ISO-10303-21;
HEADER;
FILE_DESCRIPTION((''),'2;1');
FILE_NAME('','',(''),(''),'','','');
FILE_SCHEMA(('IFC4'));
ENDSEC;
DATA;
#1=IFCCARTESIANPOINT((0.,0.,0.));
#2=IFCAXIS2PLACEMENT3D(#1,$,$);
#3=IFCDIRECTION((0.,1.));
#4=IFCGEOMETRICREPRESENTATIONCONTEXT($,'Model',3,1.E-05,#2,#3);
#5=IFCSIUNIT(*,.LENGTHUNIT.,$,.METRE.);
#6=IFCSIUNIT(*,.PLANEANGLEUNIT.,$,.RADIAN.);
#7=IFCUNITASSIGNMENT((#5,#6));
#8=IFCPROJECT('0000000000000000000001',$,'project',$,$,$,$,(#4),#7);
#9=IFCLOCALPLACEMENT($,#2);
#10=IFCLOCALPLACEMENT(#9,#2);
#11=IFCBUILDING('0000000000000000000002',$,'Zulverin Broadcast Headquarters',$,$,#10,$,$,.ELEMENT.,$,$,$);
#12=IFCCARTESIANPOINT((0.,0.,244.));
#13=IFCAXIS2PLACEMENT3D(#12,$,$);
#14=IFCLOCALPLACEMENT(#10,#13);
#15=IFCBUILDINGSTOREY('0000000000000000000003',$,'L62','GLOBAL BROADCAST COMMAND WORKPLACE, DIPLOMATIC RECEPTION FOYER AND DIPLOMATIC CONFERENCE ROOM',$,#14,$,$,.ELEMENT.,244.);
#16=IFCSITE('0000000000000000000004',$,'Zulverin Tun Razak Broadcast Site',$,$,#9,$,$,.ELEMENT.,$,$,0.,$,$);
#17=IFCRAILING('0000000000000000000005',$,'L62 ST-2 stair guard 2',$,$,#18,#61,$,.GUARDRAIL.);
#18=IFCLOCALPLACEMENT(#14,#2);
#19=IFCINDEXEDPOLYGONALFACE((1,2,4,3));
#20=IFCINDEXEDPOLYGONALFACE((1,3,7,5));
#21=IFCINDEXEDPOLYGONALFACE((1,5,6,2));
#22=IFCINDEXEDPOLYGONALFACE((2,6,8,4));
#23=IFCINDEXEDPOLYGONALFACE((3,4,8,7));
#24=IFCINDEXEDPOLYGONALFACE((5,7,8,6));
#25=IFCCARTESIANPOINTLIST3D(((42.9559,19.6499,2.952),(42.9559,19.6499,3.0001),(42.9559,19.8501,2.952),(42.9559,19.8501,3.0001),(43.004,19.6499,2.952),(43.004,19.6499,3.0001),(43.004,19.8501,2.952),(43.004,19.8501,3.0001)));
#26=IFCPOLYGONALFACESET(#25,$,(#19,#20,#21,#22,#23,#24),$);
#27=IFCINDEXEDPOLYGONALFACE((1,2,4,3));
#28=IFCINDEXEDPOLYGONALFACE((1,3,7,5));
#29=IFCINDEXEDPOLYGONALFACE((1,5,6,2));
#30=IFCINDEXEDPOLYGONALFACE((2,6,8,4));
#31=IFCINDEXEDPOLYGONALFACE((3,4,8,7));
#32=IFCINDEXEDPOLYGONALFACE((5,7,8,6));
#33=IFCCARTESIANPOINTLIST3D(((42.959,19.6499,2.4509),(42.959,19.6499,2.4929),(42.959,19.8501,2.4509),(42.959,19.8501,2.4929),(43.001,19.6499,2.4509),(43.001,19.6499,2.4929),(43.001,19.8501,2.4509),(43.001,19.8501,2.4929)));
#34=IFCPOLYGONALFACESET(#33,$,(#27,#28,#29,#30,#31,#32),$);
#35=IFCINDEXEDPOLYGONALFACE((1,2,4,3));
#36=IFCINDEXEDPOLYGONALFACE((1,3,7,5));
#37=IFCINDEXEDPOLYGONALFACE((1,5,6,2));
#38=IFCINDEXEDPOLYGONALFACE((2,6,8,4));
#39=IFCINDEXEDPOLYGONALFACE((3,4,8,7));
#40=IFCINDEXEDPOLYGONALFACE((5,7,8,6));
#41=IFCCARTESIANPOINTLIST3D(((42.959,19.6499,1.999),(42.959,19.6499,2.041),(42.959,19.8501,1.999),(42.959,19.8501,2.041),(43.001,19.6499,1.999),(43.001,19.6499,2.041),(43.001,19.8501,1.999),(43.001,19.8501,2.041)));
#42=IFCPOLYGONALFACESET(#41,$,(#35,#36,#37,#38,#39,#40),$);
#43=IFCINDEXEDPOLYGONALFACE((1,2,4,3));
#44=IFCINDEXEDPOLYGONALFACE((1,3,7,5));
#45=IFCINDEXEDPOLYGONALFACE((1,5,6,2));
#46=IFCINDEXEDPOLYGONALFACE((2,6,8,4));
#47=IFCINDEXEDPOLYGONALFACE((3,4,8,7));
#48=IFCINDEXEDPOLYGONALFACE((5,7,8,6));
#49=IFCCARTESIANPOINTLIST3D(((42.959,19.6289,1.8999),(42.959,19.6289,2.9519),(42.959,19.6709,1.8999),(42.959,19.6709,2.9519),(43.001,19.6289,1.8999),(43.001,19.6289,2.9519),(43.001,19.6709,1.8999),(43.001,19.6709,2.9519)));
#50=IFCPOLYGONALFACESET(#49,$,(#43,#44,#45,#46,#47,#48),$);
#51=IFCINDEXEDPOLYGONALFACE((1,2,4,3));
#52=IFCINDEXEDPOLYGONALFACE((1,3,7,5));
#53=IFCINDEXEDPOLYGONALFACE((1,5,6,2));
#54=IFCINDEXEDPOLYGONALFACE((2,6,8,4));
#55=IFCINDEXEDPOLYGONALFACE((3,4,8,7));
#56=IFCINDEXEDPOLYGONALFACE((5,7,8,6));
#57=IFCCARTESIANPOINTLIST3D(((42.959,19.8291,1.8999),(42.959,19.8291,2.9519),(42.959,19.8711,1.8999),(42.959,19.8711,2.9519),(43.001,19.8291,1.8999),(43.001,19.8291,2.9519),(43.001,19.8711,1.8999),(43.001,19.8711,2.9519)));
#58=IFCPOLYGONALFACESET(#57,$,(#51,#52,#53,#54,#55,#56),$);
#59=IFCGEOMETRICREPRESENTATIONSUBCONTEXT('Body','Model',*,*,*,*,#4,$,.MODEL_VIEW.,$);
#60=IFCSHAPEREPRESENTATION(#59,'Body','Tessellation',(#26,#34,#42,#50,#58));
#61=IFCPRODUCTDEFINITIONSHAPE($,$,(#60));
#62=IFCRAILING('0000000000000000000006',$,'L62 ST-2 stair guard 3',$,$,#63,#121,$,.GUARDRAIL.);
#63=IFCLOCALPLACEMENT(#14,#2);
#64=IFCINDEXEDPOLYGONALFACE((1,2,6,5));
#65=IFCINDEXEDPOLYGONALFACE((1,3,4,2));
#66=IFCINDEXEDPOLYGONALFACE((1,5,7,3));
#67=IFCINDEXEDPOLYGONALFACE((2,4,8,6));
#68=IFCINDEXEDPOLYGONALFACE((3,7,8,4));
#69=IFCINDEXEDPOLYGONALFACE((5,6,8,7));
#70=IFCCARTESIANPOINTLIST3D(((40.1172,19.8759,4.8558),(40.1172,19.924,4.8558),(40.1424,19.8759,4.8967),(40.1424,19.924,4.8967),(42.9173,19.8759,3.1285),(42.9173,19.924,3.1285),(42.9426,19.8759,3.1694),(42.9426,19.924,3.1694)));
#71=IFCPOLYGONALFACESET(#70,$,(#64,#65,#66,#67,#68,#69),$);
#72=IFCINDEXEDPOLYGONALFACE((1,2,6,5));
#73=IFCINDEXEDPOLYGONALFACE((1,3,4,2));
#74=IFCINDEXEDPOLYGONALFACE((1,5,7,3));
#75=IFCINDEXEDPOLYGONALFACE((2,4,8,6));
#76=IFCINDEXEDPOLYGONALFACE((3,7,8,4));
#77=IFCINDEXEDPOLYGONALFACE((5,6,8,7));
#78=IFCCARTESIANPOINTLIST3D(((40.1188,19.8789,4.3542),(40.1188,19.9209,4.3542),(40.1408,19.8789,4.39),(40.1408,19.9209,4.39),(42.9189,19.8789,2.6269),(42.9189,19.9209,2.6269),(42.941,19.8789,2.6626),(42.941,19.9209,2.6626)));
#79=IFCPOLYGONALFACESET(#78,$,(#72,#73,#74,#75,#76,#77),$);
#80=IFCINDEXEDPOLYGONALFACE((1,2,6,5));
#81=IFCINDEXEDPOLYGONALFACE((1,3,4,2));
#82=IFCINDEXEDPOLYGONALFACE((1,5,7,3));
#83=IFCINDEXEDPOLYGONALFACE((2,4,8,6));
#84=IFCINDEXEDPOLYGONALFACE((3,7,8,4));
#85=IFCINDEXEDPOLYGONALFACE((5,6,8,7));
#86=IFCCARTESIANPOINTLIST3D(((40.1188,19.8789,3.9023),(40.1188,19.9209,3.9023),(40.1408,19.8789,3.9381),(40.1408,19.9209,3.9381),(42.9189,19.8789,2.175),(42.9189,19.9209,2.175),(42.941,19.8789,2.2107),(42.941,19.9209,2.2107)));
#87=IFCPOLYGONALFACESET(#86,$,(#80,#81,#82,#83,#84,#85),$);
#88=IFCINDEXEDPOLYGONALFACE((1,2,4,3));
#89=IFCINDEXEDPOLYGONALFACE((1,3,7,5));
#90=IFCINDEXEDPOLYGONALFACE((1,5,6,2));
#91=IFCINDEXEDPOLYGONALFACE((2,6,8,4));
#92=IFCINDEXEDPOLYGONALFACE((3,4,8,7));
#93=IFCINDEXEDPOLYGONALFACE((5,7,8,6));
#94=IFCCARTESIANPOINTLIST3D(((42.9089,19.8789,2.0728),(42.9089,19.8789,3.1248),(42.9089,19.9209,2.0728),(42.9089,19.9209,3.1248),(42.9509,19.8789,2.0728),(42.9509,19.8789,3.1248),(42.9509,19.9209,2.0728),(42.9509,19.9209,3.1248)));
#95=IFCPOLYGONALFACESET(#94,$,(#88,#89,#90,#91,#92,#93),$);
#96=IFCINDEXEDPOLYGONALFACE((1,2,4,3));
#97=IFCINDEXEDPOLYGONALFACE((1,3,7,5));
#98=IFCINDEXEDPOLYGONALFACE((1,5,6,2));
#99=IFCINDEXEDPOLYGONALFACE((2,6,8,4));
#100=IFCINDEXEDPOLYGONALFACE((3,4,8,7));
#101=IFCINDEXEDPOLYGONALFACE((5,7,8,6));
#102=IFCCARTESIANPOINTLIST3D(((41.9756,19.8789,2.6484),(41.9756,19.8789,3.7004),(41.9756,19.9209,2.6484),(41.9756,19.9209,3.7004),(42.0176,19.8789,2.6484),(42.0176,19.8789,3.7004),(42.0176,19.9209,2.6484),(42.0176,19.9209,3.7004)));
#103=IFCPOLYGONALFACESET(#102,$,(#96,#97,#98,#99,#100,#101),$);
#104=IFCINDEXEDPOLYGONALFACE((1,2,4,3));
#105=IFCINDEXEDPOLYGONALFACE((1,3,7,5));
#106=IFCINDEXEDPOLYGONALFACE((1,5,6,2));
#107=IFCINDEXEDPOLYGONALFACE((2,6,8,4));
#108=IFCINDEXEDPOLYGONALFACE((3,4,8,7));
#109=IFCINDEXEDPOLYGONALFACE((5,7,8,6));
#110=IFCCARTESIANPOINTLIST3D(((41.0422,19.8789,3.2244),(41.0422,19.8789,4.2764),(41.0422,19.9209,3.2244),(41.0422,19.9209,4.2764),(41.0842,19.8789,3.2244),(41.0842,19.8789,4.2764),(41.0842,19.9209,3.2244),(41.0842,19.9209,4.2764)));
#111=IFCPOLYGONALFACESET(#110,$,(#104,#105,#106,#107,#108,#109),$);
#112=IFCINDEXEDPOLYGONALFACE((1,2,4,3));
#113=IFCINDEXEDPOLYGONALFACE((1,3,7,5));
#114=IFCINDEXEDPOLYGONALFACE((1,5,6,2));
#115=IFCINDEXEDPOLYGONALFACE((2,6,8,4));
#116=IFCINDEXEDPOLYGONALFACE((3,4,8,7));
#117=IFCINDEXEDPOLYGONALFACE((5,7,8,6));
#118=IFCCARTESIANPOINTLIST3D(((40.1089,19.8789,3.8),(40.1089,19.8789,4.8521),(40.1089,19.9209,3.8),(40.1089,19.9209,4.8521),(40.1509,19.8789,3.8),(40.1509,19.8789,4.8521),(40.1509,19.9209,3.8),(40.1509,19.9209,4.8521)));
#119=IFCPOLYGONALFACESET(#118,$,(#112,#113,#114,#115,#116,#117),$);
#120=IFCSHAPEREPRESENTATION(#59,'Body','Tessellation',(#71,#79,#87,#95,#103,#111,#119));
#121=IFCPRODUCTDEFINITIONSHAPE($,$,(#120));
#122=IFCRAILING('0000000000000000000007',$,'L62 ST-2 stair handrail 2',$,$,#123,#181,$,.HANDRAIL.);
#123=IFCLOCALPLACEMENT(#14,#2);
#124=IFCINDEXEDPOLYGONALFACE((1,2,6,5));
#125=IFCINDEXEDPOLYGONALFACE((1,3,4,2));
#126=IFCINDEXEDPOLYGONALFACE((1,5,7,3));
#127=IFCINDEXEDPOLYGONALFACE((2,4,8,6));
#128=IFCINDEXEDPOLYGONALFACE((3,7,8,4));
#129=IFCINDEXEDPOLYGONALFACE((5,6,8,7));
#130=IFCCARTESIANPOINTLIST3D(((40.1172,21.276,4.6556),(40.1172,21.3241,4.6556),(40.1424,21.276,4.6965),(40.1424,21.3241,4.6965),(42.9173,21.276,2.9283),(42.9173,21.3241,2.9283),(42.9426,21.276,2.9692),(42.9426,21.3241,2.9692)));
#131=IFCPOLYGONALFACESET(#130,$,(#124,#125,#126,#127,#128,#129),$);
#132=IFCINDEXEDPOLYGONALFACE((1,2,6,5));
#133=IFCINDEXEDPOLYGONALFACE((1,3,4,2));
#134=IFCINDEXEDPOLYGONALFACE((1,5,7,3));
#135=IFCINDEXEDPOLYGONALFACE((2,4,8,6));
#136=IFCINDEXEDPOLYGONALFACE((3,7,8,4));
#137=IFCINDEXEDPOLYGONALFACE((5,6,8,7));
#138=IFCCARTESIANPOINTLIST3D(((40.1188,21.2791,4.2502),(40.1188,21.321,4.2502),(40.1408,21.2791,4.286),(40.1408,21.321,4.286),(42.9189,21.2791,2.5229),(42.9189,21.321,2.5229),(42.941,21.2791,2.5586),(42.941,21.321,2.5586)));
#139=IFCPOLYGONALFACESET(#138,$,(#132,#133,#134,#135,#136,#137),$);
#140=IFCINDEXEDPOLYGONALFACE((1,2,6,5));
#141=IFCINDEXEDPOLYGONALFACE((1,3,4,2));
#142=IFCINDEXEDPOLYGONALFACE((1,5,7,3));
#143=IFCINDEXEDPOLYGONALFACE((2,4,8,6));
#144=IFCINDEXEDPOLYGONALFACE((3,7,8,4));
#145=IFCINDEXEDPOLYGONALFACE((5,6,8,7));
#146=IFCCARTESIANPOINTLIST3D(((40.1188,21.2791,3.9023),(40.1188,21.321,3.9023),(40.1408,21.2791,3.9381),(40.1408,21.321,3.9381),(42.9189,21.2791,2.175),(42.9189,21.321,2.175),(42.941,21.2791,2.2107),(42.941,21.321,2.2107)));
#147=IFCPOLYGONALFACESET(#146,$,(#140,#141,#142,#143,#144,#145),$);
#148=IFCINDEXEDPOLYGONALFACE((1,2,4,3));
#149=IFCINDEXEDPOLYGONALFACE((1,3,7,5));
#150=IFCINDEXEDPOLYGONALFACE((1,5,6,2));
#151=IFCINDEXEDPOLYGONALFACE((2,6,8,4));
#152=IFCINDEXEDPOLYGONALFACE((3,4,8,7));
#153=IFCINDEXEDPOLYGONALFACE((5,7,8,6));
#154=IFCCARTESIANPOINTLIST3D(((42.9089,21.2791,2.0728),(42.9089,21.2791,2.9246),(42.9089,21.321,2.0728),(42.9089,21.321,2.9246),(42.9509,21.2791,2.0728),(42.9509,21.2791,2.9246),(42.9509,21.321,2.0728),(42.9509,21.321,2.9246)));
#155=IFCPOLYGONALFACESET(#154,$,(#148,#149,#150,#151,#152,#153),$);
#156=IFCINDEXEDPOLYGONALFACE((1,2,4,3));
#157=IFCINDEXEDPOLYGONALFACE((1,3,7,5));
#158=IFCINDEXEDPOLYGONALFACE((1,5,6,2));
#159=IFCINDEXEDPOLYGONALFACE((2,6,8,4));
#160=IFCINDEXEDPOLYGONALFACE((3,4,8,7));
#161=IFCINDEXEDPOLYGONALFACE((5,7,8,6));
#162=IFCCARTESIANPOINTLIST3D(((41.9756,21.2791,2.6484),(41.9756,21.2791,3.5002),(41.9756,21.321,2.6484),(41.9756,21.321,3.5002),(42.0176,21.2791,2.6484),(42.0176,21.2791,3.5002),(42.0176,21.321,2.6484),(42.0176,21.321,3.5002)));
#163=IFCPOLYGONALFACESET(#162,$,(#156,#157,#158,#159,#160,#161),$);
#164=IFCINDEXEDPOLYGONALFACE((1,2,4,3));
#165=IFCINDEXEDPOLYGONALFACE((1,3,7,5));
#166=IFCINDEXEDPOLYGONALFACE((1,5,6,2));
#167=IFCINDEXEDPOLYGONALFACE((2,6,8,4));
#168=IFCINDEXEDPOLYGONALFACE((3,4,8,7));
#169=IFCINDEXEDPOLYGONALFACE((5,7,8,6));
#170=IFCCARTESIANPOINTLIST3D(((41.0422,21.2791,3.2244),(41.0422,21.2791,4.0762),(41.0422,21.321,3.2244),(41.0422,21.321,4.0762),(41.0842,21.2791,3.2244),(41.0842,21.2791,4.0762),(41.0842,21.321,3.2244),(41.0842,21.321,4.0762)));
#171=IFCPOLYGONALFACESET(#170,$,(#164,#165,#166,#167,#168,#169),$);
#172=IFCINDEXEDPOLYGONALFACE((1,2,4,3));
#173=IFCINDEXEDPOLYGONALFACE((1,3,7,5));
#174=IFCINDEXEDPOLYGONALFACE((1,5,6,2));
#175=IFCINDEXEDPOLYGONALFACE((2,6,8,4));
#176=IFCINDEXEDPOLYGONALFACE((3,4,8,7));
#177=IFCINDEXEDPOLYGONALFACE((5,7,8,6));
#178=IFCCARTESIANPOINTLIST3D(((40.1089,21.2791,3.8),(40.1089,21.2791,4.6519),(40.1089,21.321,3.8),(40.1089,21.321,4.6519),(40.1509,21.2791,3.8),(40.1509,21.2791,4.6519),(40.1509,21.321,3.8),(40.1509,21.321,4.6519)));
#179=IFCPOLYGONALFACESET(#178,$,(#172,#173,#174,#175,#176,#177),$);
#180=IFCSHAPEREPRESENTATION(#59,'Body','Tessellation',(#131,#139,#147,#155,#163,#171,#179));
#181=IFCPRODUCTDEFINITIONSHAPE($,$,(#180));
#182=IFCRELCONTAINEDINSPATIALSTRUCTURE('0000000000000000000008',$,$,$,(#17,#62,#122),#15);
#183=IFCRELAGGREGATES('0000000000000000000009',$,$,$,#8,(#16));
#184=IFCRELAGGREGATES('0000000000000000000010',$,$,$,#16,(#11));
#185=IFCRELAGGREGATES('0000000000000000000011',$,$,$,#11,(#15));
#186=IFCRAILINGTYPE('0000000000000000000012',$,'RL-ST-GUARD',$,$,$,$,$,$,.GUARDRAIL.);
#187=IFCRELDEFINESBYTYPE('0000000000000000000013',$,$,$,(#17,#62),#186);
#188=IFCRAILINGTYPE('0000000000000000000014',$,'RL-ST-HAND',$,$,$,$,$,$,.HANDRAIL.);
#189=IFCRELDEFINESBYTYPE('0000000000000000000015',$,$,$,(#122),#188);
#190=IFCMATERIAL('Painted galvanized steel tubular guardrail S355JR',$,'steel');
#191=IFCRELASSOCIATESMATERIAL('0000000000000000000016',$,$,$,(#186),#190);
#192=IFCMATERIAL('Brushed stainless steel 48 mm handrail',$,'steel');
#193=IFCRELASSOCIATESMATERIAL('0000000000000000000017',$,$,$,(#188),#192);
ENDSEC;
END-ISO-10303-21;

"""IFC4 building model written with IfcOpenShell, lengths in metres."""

from ifc_helpers import new_model, si_unit, direction, frame, origin, origin_2d, place, context, subcontext, project, spatial, rectangle, extrude, material, type_object, element, save


model = new_model("IFC4")

# Units and contexts
model_context = context("Model", 3, precision=1e-05, world=origin(), true_north=direction((0.0, 1.0)))
body_context = subcontext(model_context, "Body", "Model", "MODEL_VIEW")
ifc_project = project(units=[si_unit("LENGTHUNIT", "METRE"), si_unit("PLANEANGLEUNIT", "RADIAN")], contexts=[model_context])

# Site, building, storey
site_placement = place(None, origin())
site = spatial("IfcSite", under=ifc_project, at=site_placement, Name="Zulverin Tun Razak Broadcast Site", CompositionType="ELEMENT", RefElevation=0.0)
building_placement = place(site_placement, origin())
building = spatial("IfcBuilding", under=site, at=building_placement, Name="Zulverin Broadcast Headquarters", CompositionType="ELEMENT")
storey_placement = place(building_placement, frame((0.0, 0.0, 244.0)))
storey = spatial("IfcBuildingStorey", under=building, at=storey_placement, Name="L62", Description="GLOBAL BROADCAST COMMAND WORKPLACE, DIPLOMATIC RECEPTION FOYER AND DIPLOMATIC CONFERENCE ROOM", CompositionType="ELEMENT", Elevation=244.0)

# Railings
ifc_material_1 = material(Name="Painted galvanized steel tubular guardrail S355JR", Category="steel")
railing_type_1 = type_object("IfcRailingType", Name="RL-ST-GUARD", PredefinedType="GUARDRAIL", material=ifc_material_1)
railing_1_placement = place(storey_placement, frame((42.98, 19.6499, 1.8999)))
element("IfcRailing", 1, at=railing_1_placement, inside=storey, type_object=railing_type_1, Name="L62 ST-2 stair guard 2", PredefinedType="GUARDRAIL", context=body_context, shape_type="SweptSolid", body=[
    extrude(rectangle(XDim=0.0481, YDim=0.0481, at=origin_2d()), frame((0.0, 0.0, 1.0762), z_axis=(0.0, 1.0, 0.0), x_axis=(-1.0, 0.0, 0.0)), (0.0, 0.0, 1.0), 0.2002),
    extrude(rectangle(XDim=0.042, YDim=0.042, at=origin_2d()), frame((0.0, 0.0, 0.572), z_axis=(0.0, 1.0, 0.0), x_axis=(-1.0, 0.0, 0.0)), (0.0, 0.0, 1.0), 0.2002),
    extrude(rectangle(XDim=0.042, YDim=0.042, at=origin_2d()), frame((0.0, 0.0, 0.1201), z_axis=(0.0, 1.0, 0.0), x_axis=(-1.0, 0.0, 0.0)), (0.0, 0.0, 1.0), 0.2002),
    extrude(rectangle(XDim=0.042, YDim=0.042, at=origin_2d()), origin(), (0.0, 0.0, 1.0), 1.052),
    extrude(rectangle(XDim=0.042, YDim=0.042, at=origin_2d()), frame((0.0, 0.2002, 0.0)), (0.0, 0.0, 1.0), 1.052),
])
railing_2_placement = place(storey_placement, frame((42.9299, 19.8999, 2.0728)))
element("IfcRailing", 2, at=railing_2_placement, inside=storey, type_object=railing_type_1, Name="L62 ST-2 stair guard 3", PredefinedType="GUARDRAIL", context=body_context, shape_type="SweptSolid", body=[
    extrude(rectangle(XDim=0.0481, YDim=0.0481, at=origin_2d()), frame((0.0, 0.0, 1.0762), z_axis=(-0.85109, 0.0, 0.52502), x_axis=(0.0, -1.0, 0.0)), (0.0, 0.0, 1.0), 3.29),
    extrude(rectangle(XDim=0.042, YDim=0.042, at=origin_2d()), frame((0.0, 0.0, 0.572), z_axis=(-0.85109, 0.0, 0.52502), x_axis=(0.0, -1.0, 0.0)), (0.0, 0.0, 1.0), 3.29),
    extrude(rectangle(XDim=0.042, YDim=0.042, at=origin_2d()), frame((0.0, 0.0, 0.1201), z_axis=(-0.85109, 0.0, 0.52502), x_axis=(0.0, -1.0, 0.0)), (0.0, 0.0, 1.0), 3.29),
    extrude(rectangle(XDim=0.042, YDim=0.042, at=origin_2d()), origin(), (0.0, 0.0, 1.0), 1.052),
    extrude(rectangle(XDim=0.042, YDim=0.042, at=origin_2d()), frame((-0.9333, 0.0, 0.5757)), (0.0, 0.0, 1.0), 1.052),
    extrude(rectangle(XDim=0.042, YDim=0.042, at=origin_2d()), frame((-1.8667, 0.0, 1.1516)), (0.0, 0.0, 1.0), 1.052),
    extrude(rectangle(XDim=0.042, YDim=0.042, at=origin_2d()), frame((-2.8, 0.0, 1.7273)), (0.0, 0.0, 1.0), 1.052),
])
ifc_material_2 = material(Name="Brushed stainless steel 48 mm handrail", Category="steel")
railing_type_2 = type_object("IfcRailingType", Name="RL-ST-HAND", PredefinedType="HANDRAIL", material=ifc_material_2)
railing_3_placement = place(storey_placement, frame((42.9299, 21.3, 2.0728)))
element("IfcRailing", 3, at=railing_3_placement, inside=storey, type_object=railing_type_2, Name="L62 ST-2 stair handrail 2", PredefinedType="HANDRAIL", context=body_context, shape_type="SweptSolid", body=[
    extrude(rectangle(XDim=0.0481, YDim=0.0481, at=origin_2d()), frame((0.0, 0.0, 0.876), z_axis=(-0.85109, 0.0, 0.52502), x_axis=(0.0, -1.0, 0.0)), (0.0, 0.0, 1.0), 3.29),
    extrude(rectangle(XDim=0.042, YDim=0.042, at=origin_2d()), frame((0.0, 0.0, 0.468), z_axis=(-0.85109, 0.0, 0.52502), x_axis=(0.0, -1.0, 0.0)), (0.0, 0.0, 1.0), 3.29),
    extrude(rectangle(XDim=0.042, YDim=0.042, at=origin_2d()), frame((0.0, 0.0, 0.1201), z_axis=(-0.85109, 0.0, 0.52502), x_axis=(0.0, -1.0, 0.0)), (0.0, 0.0, 1.0), 3.29),
    extrude(rectangle(XDim=0.042, YDim=0.042, at=origin_2d()), origin(), (0.0, 0.0, 1.0), 0.8518),
    extrude(rectangle(XDim=0.042, YDim=0.042, at=origin_2d()), frame((-0.9333, 0.0, 0.5757)), (0.0, 0.0, 1.0), 0.8518),
    extrude(rectangle(XDim=0.042, YDim=0.042, at=origin_2d()), frame((-1.8667, 0.0, 1.1516)), (0.0, 0.0, 1.0), 0.8518),
    extrude(rectangle(XDim=0.042, YDim=0.042, at=origin_2d()), frame((-2.8, 0.0, 1.7273)), (0.0, 0.0, 1.0), 0.8518),
])

save(model, "model.ifc")
